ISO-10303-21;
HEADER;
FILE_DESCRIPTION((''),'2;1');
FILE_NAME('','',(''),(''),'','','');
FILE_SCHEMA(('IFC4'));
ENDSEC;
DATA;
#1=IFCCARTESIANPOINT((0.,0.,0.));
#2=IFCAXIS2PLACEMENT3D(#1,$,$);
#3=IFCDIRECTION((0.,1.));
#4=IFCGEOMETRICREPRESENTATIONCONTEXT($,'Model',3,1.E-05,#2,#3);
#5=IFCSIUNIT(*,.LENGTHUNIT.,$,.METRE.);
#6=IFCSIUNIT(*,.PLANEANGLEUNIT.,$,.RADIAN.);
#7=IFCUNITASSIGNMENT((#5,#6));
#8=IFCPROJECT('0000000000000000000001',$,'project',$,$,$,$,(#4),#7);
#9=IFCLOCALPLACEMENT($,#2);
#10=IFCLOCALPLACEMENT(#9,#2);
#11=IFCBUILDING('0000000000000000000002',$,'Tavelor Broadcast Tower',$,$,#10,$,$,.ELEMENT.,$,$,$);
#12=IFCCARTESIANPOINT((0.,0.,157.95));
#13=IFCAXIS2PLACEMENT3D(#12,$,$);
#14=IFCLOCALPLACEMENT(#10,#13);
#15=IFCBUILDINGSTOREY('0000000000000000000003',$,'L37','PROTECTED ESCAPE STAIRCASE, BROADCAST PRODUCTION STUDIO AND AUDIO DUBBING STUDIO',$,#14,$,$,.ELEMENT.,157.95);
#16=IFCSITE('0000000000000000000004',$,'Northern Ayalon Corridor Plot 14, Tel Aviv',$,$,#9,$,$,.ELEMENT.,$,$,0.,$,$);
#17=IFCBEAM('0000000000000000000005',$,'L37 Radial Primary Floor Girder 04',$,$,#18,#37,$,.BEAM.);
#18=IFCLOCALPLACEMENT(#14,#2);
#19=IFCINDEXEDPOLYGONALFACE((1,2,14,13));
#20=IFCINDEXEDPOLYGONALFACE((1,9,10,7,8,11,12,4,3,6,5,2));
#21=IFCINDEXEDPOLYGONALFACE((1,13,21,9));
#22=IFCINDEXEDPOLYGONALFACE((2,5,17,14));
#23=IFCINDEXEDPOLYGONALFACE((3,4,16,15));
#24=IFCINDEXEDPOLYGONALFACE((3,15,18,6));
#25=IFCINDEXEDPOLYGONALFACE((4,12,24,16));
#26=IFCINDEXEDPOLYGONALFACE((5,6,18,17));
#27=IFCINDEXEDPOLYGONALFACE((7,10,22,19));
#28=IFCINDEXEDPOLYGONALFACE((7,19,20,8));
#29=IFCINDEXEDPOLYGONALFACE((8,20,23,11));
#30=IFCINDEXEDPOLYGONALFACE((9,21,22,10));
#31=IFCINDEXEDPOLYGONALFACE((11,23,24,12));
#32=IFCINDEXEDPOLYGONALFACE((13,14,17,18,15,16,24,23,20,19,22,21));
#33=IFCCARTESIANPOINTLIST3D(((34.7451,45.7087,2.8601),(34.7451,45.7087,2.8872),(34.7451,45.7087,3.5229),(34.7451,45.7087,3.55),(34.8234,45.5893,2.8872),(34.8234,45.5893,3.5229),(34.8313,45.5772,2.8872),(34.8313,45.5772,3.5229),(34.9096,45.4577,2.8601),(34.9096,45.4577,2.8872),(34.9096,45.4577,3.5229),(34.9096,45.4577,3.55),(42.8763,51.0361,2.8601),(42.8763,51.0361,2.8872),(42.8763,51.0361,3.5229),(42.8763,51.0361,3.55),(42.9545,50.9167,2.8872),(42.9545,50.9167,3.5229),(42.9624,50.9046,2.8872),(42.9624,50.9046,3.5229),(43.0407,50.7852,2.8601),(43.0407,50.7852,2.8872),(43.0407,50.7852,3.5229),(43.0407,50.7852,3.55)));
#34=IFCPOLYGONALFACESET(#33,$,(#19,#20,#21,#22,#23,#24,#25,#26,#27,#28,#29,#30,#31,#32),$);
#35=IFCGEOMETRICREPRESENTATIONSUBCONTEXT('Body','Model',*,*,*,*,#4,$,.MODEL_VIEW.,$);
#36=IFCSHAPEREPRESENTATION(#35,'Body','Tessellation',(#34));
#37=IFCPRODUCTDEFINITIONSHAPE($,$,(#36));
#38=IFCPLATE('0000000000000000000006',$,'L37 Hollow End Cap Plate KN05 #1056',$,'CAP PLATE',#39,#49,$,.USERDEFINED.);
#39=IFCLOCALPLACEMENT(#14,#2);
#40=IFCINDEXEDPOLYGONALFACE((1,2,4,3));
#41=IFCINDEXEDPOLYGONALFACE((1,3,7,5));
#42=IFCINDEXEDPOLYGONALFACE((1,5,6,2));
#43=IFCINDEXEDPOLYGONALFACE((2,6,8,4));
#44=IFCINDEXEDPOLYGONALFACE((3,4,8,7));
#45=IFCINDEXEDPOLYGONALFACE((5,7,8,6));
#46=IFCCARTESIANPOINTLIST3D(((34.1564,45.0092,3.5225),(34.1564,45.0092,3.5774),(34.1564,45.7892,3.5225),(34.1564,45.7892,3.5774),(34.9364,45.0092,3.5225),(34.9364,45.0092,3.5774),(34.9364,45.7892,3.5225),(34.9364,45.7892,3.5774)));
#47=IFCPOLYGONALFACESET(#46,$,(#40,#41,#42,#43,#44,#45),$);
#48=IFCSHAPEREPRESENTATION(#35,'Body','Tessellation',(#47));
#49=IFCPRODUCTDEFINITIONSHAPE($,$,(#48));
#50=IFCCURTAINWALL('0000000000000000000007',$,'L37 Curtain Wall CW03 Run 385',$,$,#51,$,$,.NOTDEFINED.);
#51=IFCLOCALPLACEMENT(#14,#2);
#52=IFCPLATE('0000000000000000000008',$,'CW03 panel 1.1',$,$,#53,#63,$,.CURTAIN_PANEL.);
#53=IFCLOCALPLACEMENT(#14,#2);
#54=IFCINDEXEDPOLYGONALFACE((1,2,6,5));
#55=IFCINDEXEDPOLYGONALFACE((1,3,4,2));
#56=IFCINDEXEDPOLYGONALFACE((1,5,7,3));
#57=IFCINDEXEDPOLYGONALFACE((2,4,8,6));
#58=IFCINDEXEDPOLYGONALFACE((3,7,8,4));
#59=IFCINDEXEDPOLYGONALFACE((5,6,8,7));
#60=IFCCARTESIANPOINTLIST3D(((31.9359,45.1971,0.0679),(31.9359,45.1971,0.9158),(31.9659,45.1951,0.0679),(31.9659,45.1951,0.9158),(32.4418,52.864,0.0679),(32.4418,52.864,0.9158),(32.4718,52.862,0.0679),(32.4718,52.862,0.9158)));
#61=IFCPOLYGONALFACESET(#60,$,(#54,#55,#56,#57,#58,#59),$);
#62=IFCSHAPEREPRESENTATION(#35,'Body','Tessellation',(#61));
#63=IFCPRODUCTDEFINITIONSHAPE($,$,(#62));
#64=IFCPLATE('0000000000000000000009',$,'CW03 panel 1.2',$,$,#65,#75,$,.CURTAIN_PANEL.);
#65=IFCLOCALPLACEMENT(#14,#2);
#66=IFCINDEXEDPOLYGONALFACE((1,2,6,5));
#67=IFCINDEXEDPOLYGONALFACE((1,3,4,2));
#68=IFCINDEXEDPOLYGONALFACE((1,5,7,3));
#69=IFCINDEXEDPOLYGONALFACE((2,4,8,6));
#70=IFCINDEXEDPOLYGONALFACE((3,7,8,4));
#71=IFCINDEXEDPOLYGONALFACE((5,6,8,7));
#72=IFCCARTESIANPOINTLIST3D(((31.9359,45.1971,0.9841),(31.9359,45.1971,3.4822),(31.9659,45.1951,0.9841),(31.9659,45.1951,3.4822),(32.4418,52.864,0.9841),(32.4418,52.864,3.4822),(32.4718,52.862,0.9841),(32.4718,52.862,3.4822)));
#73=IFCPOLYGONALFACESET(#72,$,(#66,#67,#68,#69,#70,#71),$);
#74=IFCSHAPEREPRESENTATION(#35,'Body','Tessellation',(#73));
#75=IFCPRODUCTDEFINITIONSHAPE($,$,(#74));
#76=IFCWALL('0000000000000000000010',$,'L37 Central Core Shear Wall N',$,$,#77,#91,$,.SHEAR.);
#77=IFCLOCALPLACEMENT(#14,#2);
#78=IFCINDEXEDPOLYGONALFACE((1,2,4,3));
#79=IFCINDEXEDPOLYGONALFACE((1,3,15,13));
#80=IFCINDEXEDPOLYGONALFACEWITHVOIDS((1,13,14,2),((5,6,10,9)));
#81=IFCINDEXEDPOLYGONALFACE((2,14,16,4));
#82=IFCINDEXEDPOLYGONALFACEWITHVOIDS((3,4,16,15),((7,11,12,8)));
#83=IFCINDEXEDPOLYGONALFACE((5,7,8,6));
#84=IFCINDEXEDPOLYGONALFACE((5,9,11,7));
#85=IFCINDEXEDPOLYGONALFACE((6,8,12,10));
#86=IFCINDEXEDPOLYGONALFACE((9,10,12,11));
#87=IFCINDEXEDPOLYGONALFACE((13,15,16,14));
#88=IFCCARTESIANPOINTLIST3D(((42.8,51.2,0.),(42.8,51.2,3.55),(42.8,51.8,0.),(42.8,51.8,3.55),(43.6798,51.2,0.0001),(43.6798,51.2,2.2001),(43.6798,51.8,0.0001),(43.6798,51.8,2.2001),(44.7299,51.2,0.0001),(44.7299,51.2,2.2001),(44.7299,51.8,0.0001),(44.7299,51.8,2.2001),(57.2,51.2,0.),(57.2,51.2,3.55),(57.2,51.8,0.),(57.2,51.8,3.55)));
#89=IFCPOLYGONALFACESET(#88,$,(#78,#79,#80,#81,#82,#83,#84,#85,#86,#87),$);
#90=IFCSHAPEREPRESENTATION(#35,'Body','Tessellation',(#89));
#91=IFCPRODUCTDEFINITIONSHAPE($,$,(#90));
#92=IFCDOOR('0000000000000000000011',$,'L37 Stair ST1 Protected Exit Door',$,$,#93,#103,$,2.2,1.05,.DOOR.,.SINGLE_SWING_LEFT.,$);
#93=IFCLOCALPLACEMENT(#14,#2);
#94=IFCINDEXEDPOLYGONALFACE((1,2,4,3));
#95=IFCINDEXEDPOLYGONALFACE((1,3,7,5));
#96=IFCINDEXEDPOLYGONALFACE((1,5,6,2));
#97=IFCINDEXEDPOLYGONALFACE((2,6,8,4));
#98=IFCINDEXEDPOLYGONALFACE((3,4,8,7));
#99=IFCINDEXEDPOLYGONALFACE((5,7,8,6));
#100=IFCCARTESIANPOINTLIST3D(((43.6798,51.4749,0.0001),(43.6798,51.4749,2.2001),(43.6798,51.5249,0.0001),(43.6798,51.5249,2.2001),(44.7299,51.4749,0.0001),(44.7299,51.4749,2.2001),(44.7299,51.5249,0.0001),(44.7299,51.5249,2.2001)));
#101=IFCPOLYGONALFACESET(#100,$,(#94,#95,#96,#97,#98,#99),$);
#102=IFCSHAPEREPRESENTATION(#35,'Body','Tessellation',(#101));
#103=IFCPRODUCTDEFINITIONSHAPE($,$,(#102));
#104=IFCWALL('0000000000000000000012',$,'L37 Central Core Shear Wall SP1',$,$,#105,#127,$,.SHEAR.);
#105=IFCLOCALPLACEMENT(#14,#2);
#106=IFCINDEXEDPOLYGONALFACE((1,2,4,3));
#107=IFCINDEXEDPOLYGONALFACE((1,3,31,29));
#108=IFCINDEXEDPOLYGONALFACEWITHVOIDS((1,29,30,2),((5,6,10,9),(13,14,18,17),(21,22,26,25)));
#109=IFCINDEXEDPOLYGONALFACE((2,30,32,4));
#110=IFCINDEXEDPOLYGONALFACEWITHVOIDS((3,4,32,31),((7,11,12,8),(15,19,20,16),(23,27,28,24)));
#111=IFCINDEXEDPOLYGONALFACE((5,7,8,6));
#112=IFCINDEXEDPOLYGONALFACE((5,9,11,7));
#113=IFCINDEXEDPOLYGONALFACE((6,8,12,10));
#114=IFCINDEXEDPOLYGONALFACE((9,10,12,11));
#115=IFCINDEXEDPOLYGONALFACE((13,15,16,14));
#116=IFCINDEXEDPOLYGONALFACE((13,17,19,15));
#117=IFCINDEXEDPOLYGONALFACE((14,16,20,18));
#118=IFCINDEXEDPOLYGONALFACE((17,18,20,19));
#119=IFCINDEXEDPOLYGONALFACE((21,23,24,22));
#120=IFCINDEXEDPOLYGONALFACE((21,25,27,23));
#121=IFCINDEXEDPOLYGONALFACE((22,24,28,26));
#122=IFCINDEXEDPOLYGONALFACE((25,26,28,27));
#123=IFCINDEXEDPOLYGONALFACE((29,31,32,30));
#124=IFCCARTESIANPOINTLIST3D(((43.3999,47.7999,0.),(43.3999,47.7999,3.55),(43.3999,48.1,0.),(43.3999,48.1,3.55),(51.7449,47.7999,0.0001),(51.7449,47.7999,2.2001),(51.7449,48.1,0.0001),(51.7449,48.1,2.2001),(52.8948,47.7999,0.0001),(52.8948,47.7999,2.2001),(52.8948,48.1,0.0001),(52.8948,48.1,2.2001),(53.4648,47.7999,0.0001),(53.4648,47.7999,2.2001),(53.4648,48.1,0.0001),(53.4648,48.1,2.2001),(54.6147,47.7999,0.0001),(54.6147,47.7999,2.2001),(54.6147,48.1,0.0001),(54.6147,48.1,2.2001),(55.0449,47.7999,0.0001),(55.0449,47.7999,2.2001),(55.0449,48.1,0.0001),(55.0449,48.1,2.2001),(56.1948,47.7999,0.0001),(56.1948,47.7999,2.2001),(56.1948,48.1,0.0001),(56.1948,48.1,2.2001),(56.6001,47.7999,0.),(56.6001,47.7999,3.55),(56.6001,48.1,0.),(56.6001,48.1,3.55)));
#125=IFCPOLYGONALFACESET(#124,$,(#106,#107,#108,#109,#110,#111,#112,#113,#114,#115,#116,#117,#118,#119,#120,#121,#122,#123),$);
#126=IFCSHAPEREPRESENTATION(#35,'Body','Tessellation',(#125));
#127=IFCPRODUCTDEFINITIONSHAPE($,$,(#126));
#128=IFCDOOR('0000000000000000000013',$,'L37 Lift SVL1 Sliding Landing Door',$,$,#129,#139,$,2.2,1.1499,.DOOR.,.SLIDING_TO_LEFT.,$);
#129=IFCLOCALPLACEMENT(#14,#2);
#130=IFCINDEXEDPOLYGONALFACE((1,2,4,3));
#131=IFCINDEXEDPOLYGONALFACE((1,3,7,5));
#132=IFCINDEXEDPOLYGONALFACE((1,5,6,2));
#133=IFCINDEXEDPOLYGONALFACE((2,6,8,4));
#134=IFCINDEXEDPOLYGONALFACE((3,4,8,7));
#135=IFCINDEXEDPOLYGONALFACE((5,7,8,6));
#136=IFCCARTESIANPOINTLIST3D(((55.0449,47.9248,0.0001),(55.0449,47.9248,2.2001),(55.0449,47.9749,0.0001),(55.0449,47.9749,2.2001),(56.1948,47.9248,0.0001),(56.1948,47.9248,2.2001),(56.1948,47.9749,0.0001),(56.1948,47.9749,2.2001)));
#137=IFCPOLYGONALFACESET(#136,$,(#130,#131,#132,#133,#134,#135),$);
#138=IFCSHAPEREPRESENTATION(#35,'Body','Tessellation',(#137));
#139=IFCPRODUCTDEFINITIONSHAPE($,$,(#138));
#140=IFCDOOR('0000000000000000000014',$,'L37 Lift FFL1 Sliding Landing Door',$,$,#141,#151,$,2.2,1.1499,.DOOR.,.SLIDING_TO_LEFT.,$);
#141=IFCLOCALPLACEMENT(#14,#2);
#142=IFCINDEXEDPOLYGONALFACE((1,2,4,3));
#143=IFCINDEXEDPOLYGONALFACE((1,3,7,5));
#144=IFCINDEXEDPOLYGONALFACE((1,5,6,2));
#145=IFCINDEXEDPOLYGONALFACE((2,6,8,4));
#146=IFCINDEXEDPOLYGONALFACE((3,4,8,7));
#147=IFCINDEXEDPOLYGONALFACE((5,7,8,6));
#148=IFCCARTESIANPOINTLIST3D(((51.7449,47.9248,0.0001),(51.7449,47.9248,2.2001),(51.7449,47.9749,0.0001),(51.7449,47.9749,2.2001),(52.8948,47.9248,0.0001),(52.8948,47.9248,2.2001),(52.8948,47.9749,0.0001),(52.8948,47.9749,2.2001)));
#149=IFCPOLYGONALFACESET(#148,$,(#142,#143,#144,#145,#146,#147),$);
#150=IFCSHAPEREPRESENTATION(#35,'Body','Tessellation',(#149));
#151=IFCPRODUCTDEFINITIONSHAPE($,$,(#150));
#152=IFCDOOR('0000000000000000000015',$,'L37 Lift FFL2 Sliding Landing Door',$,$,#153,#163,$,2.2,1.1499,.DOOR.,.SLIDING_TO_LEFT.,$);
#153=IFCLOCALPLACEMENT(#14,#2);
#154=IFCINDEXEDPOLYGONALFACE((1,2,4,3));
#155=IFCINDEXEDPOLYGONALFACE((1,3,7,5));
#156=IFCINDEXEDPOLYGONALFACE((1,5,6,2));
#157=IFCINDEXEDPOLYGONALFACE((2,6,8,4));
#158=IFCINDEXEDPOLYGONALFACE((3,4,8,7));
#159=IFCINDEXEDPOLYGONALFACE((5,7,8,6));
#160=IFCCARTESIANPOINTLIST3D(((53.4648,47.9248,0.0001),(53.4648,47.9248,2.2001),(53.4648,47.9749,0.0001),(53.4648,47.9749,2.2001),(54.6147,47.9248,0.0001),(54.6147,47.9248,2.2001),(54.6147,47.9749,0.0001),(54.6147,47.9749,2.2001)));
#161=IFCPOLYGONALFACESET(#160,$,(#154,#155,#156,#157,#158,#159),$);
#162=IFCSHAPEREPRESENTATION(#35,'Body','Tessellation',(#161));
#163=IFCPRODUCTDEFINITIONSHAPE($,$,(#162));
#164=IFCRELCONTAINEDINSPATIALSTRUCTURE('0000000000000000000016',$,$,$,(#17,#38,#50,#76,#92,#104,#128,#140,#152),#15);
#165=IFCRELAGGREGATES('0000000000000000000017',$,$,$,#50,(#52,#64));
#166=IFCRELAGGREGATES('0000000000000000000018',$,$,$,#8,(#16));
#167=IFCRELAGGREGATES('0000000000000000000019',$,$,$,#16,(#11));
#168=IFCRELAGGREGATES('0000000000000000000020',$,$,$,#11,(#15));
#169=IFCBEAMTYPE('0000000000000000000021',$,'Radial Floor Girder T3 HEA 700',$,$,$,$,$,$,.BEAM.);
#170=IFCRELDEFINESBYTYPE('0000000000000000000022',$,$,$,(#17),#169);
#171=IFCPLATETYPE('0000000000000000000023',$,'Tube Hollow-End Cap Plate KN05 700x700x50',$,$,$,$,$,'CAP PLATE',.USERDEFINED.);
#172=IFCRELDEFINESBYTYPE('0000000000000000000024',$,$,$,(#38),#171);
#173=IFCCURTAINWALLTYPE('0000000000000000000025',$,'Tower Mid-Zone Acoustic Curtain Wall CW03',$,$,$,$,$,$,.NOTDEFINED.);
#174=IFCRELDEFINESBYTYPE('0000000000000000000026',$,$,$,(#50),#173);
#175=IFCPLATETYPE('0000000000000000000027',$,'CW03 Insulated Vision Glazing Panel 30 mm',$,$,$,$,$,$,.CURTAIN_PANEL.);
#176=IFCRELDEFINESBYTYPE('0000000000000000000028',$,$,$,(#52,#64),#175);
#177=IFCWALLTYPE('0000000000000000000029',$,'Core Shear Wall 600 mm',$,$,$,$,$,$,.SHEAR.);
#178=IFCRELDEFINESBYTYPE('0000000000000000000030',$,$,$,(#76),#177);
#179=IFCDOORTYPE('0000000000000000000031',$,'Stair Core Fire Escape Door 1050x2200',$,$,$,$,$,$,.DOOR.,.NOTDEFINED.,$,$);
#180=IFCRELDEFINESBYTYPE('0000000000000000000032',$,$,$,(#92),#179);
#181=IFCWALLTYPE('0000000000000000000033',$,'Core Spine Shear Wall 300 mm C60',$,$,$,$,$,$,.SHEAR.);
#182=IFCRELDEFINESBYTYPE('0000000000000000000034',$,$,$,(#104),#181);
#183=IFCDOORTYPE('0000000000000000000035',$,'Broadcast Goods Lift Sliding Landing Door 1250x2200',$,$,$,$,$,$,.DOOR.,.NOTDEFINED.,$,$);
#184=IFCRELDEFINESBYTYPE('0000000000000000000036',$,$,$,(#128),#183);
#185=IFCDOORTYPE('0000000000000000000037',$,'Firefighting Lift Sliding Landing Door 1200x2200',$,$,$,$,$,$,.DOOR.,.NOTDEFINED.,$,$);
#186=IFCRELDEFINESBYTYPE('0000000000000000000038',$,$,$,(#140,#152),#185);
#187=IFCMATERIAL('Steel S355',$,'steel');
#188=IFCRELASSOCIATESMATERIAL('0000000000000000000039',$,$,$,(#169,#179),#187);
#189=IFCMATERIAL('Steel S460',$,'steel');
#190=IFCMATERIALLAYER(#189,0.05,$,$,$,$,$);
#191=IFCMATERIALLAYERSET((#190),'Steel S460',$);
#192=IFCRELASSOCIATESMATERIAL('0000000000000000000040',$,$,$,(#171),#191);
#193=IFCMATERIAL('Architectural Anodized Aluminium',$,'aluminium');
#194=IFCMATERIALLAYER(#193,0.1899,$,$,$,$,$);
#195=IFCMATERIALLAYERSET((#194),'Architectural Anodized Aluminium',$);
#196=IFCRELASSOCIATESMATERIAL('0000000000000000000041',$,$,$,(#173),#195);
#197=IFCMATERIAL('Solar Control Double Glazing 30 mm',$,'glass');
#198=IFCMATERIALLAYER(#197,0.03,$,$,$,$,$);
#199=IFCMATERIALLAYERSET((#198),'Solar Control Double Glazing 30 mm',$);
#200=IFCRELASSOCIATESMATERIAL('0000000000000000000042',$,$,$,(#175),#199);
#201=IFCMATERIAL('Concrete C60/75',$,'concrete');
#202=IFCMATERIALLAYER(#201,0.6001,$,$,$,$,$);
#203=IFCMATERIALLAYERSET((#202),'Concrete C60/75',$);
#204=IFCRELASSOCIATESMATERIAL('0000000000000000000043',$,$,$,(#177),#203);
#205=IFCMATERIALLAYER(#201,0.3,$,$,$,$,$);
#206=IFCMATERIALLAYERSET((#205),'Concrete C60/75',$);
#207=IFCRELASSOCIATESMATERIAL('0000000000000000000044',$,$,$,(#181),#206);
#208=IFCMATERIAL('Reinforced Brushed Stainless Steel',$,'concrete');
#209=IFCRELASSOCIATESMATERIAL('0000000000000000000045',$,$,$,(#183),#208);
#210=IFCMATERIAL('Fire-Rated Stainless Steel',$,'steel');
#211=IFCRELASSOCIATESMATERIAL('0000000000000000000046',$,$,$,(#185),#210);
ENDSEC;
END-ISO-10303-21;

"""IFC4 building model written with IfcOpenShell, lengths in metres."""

from ifc_helpers import new_model, si_unit, direction, frame, frame_2d, origin, origin_2d, place, context, subcontext, project, spatial, rectangle, i_section, extrude, source, transform, mapped, material, layer, layer_set, material_profile, profile_set, type_object, type_shapes, element, fill, aggregate, save


model = new_model("IFC4")

# Units and contexts
model_context = context("Model", 3, precision=1e-05, world=origin(), true_north=direction((0.0, 1.0)))
body_context = subcontext(model_context, "Body", "Model", "MODEL_VIEW")
ifc_project = project(units=[si_unit("LENGTHUNIT", "METRE"), si_unit("PLANEANGLEUNIT", "RADIAN")], contexts=[model_context])

# Site, building, storey
site_placement = place(None, origin())
site = spatial("IfcSite", under=ifc_project, at=site_placement, Name="Northern Ayalon Corridor Plot 14, Tel Aviv", CompositionType="ELEMENT", RefElevation=0.0)
building_placement = place(site_placement, origin())
building = spatial("IfcBuilding", under=site, at=building_placement, Name="Tavelor Broadcast Tower", CompositionType="ELEMENT")
storey_placement = place(building_placement, frame((0.0, 0.0, 157.95)))
storey = spatial("IfcBuildingStorey", under=building, at=storey_placement, Name="L37", Description="PROTECTED ESCAPE STAIRCASE, BROADCAST PRODUCTION STUDIO AND AUDIO DUBBING STUDIO", CompositionType="ELEMENT", Elevation=157.95)

# Shared definitions
ifc_material_1 = material(Name="Concrete C60/75", Category="concrete")
ifc_material_2 = material(Name="Steel S460", Category="steel")

# Beam
ifc_material_3 = material(Name="Steel S355", Category="steel")
ifc_material_profile_1 = material_profile(ifc_material_3, i_section(OverallWidth=0.3, OverallDepth=0.6899, WebThickness=0.0144, FlangeThickness=0.0271, at=origin_2d()), Name="HEA 700")
ifc_profile_set_1 = profile_set([ifc_material_profile_1], Name="Steel S355")
beam_type_1 = type_object("IfcBeamType", Name="Radial Floor Girder T3 HEA 700", PredefinedType="BEAM", material=ifc_profile_set_1)
beam_1_placement = place(storey_placement, frame((42.9585, 50.9106, 3.2051), z_axis=(-0.836456, -0.548035, 0.0), x_axis=(0.548035, -0.836456, 0.0)))
element("IfcBeam", 1, at=beam_1_placement, inside=storey, type_object=beam_type_1, Name="L37 Radial Primary Floor Girder 04", PredefinedType="BEAM", context=body_context, shape_type="SweptSolid", body=[
    extrude(i_section(OverallWidth=0.3, OverallDepth=0.6899, WebThickness=0.0144, FlangeThickness=0.0271, at=origin_2d()), origin(), (0.0, 0.0, 1.0), 9.7209),
])

# Plate
ifc_layer_1 = layer(ifc_material_2, 0.05)
ifc_layer_set_1 = layer_set([ifc_layer_1], Name="Steel S460")
plate_type_1 = type_object("IfcPlateType", Name="Tube Hollow-End Cap Plate KN05 700x700x50", ElementType="CAP PLATE", PredefinedType="USERDEFINED", material=ifc_layer_set_1)
shared_shape_1 = source(origin(), body_context, "Body", "SweptSolid", [
    extrude(rectangle(XDim=0.78, YDim=0.78, at=origin_2d()), origin(), (0.0, 0.0, 1.0), 0.0549),
])
type_shapes(plate_type_1, [shared_shape_1])
plate_1_placement = place(storey_placement, frame((34.5464, 45.3992, 3.5225), z_axis=(0.0, 0.0, 1.0), x_axis=(1.0, 0.0, 0.0)))
element("IfcPlate", 2, at=plate_1_placement, inside=storey, type_object=plate_type_1, Name="L37 Hollow End Cap Plate KN05 #1056", ObjectType="CAP PLATE", PredefinedType="USERDEFINED", context=body_context, shape_type="MappedRepresentation", body=[
    mapped(shared_shape_1, transform((0.0, 0.0, 0.0), scale=1.0)),
])

# Curtain wall, plates
ifc_material_4 = material(Name="Architectural Anodized Aluminium", Category="aluminium")
ifc_layer_2 = layer(ifc_material_4, 0.1899)
ifc_layer_set_2 = layer_set([ifc_layer_2], Name="Architectural Anodized Aluminium")
curtain_wall_type = type_object("IfcCurtainWallType", Name="Tower Mid-Zone Acoustic Curtain Wall CW03", PredefinedType="NOTDEFINED", material=ifc_layer_set_2)
curtain_wall_placement = place(storey_placement, origin())
curtain_wall = element("IfcCurtainWall", 3, at=curtain_wall_placement, inside=storey, type_object=curtain_wall_type, Name="L37 Curtain Wall CW03 Run 385", PredefinedType="NOTDEFINED")
ifc_material_5 = material(Name="Solar Control Double Glazing 30 mm", Category="glass")
ifc_layer_3 = layer(ifc_material_5, 0.03)
ifc_layer_set_3 = layer_set([ifc_layer_3], Name="Solar Control Double Glazing 30 mm")
plate_type_2 = type_object("IfcPlateType", Name="CW03 Insulated Vision Glazing Panel 30 mm", PredefinedType="CURTAIN_PANEL", material=ifc_layer_set_3)
shared_shape_2 = source(origin(), body_context, "Body", "SweptSolid", [
    extrude(rectangle(XDim=7.6836, YDim=0.03, at=origin_2d()), origin(), (0.0, 0.0, 1.0), 0.8479),
])
plate_2_placement = place(storey_placement, frame((32.2039, 49.0295, 0.0679), z_axis=(0.0, 0.0, 1.0), x_axis=(-0.065848, -0.99783, 0.0)))
plate_2 = element("IfcPlate", 4, at=plate_2_placement, type_object=plate_type_2, Name="CW03 panel 1.1", PredefinedType="CURTAIN_PANEL", context=body_context, shape_type="MappedRepresentation", body=[
    mapped(shared_shape_2, transform((0.0, 0.0, 0.0), scale=1.0)),
])
shared_shape_3 = source(origin(), body_context, "Body", "SweptSolid", [
    extrude(rectangle(XDim=7.6836, YDim=0.03, at=origin_2d()), origin(), (0.0, 0.0, 1.0), 2.498),
])
type_shapes(plate_type_2, [shared_shape_2, shared_shape_3])
plate_3_placement = place(storey_placement, frame((32.2039, 49.0295, 0.9841), z_axis=(0.0, 0.0, 1.0), x_axis=(-0.065848, -0.99783, 0.0)))
plate_3 = element("IfcPlate", 5, at=plate_3_placement, type_object=plate_type_2, Name="CW03 panel 1.2", PredefinedType="CURTAIN_PANEL", context=body_context, shape_type="MappedRepresentation", body=[
    mapped(shared_shape_3, transform((0.0, 0.0, 0.0), scale=1.0)),
])
aggregate(curtain_wall, [plate_2, plate_3])

# Wall, opening, door
ifc_layer_4 = layer(ifc_material_1, 0.6001)
ifc_layer_set_4 = layer_set([ifc_layer_4], Name="Concrete C60/75")
wall_type_1 = type_object("IfcWallType", Name="Core Shear Wall 600 mm", PredefinedType="SHEAR", material=ifc_layer_set_4)
wall_1_placement = place(storey_placement, frame((42.8, 51.5, 0.0), z_axis=(0.0, 0.0, 1.0), x_axis=(1.0, 0.0, 0.0)))
wall_1 = element("IfcWall", 6, at=wall_1_placement, inside=storey, type_object=wall_type_1, Name="L37 Central Core Shear Wall N", PredefinedType="SHEAR", context=body_context, shape_type="SweptSolid", body=[
    extrude(rectangle(XDim=14.3999, YDim=0.6001, at=frame_2d((7.2, 0.0))), origin(), (0.0, 0.0, 1.0), 3.55),
])
opening_1_placement = place(wall_1_placement, frame((0.8799, 0.0, 0.0)))
opening_1 = element("IfcOpeningElement", 7, at=opening_1_placement, cuts=wall_1, PredefinedType="OPENING", context=body_context, shape_type="SweptSolid", body=[
    extrude(rectangle(XDim=1.05, YDim=2.2, at=frame_2d((0.5249, 1.1001))), frame((0.0, 0.3101, 0.0), z_axis=(0.0, -1.0, 0.0), x_axis=(1.0, 0.0, 0.0)), (0.0, 0.0, 1.0), 0.6201),
])
door_type_1 = type_object("IfcDoorType", Name="Stair Core Fire Escape Door 1050x2200", OperationType="NOTDEFINED", PredefinedType="DOOR", material=ifc_material_3)
door_1_placement = place(opening_1_placement, origin())
door_1 = element("IfcDoor", 8, at=door_1_placement, inside=storey, type_object=door_type_1, Name="L37 Stair ST1 Protected Exit Door", OperationType="SINGLE_SWING_LEFT", OverallHeight=2.2, OverallWidth=1.05, PredefinedType="DOOR", context=body_context, shape_type="SweptSolid", body=[
    extrude(rectangle(XDim=1.05, YDim=2.2, at=frame_2d((0.5249, 1.1001))), frame((0.0, 0.0249, 0.0), z_axis=(0.0, -1.0, 0.0), x_axis=(1.0, 0.0, 0.0)), (0.0, 0.0, 1.0), 0.05),
])
fill(opening_1, door_1)

# Wall, openings, doors
ifc_layer_5 = layer(ifc_material_1, 0.3)
ifc_layer_set_5 = layer_set([ifc_layer_5], Name="Concrete C60/75")
wall_type_2 = type_object("IfcWallType", Name="Core Spine Shear Wall 300 mm C60", PredefinedType="SHEAR", material=ifc_layer_set_5)
wall_2_placement = place(storey_placement, frame((43.3999, 47.95, 0.0), z_axis=(0.0, 0.0, 1.0), x_axis=(1.0, 0.0, 0.0)))
wall_2 = element("IfcWall", 9, at=wall_2_placement, inside=storey, type_object=wall_type_2, Name="L37 Central Core Shear Wall SP1", PredefinedType="SHEAR", context=body_context, shape_type="SweptSolid", body=[
    extrude(rectangle(XDim=13.2002, YDim=0.3, at=frame_2d((6.6001, 0.0))), origin(), (0.0, 0.0, 1.0), 3.55),
])
opening_2_placement = place(wall_2_placement, frame((8.345, 0.0, 0.0)))
opening_2 = element("IfcOpeningElement", 10, at=opening_2_placement, cuts=wall_2, PredefinedType="OPENING", context=body_context, shape_type="SweptSolid", body=[
    extrude(rectangle(XDim=1.1499, YDim=2.2, at=frame_2d((0.575, 1.1001))), frame((0.0, 0.1602, 0.0), z_axis=(0.0, -1.0, 0.0), x_axis=(1.0, 0.0, 0.0)), (0.0, 0.0, 1.0), 0.3201),
])
opening_3_placement = place(wall_2_placement, frame((10.0649, 0.0, 0.0)))
opening_3 = element("IfcOpeningElement", 11, at=opening_3_placement, cuts=wall_2, PredefinedType="OPENING", context=body_context, shape_type="SweptSolid", body=[
    extrude(rectangle(XDim=1.1499, YDim=2.2, at=frame_2d((0.575, 1.1001))), frame((0.0, 0.1602, 0.0), z_axis=(0.0, -1.0, 0.0), x_axis=(1.0, 0.0, 0.0)), (0.0, 0.0, 1.0), 0.3201),
])
opening_4_placement = place(wall_2_placement, frame((11.645, 0.0, 0.0)))
opening_4 = element("IfcOpeningElement", 12, at=opening_4_placement, cuts=wall_2, PredefinedType="OPENING", context=body_context, shape_type="SweptSolid", body=[
    extrude(rectangle(XDim=1.1499, YDim=2.2, at=frame_2d((0.575, 1.1001))), frame((0.0, 0.1602, 0.0), z_axis=(0.0, -1.0, 0.0), x_axis=(1.0, 0.0, 0.0)), (0.0, 0.0, 1.0), 0.3201),
])
ifc_material_6 = material(Name="Reinforced Brushed Stainless Steel", Category="concrete")
door_type_2 = type_object("IfcDoorType", Name="Broadcast Goods Lift Sliding Landing Door 1250x2200", OperationType="NOTDEFINED", PredefinedType="DOOR", material=ifc_material_6)
door_2_placement = place(opening_4_placement, origin())
door_2 = element("IfcDoor", 13, at=door_2_placement, inside=storey, type_object=door_type_2, Name="L37 Lift SVL1 Sliding Landing Door", OperationType="SLIDING_TO_LEFT", OverallHeight=2.2, OverallWidth=1.1499, PredefinedType="DOOR", context=body_context, shape_type="SweptSolid", body=[
    extrude(rectangle(XDim=1.1499, YDim=2.2, at=frame_2d((0.575, 1.1001))), frame((0.0, 0.0249, 0.0), z_axis=(0.0, -1.0, 0.0), x_axis=(1.0, 0.0, 0.0)), (0.0, 0.0, 1.0), 0.05),
])
fill(opening_4, door_2)
ifc_material_7 = material(Name="Fire-Rated Stainless Steel", Category="steel")
door_type_3 = type_object("IfcDoorType", Name="Firefighting Lift Sliding Landing Door 1200x2200", OperationType="NOTDEFINED", PredefinedType="DOOR", material=ifc_material_7)
door_3_placement = place(opening_2_placement, origin())
door_3 = element("IfcDoor", 14, at=door_3_placement, inside=storey, type_object=door_type_3, Name="L37 Lift FFL1 Sliding Landing Door", OperationType="SLIDING_TO_LEFT", OverallHeight=2.2, OverallWidth=1.1499, PredefinedType="DOOR", context=body_context, shape_type="SweptSolid", body=[
    extrude(rectangle(XDim=1.1499, YDim=2.2, at=frame_2d((0.575, 1.1001))), frame((0.0, 0.0249, 0.0), z_axis=(0.0, -1.0, 0.0), x_axis=(1.0, 0.0, 0.0)), (0.0, 0.0, 1.0), 0.05),
])
fill(opening_2, door_3)
door_4_placement = place(opening_3_placement, origin())
door_4 = element("IfcDoor", 15, at=door_4_placement, inside=storey, type_object=door_type_3, Name="L37 Lift FFL2 Sliding Landing Door", OperationType="SLIDING_TO_LEFT", OverallHeight=2.2, OverallWidth=1.1499, PredefinedType="DOOR", context=body_context, shape_type="SweptSolid", body=[
    extrude(rectangle(XDim=1.1499, YDim=2.2, at=frame_2d((0.575, 1.1001))), frame((0.0, 0.0249, 0.0), z_axis=(0.0, -1.0, 0.0), x_axis=(1.0, 0.0, 0.0)), (0.0, 0.0, 1.0), 0.05),
])
fill(opening_3, door_4)

save(model, "model.ifc")
